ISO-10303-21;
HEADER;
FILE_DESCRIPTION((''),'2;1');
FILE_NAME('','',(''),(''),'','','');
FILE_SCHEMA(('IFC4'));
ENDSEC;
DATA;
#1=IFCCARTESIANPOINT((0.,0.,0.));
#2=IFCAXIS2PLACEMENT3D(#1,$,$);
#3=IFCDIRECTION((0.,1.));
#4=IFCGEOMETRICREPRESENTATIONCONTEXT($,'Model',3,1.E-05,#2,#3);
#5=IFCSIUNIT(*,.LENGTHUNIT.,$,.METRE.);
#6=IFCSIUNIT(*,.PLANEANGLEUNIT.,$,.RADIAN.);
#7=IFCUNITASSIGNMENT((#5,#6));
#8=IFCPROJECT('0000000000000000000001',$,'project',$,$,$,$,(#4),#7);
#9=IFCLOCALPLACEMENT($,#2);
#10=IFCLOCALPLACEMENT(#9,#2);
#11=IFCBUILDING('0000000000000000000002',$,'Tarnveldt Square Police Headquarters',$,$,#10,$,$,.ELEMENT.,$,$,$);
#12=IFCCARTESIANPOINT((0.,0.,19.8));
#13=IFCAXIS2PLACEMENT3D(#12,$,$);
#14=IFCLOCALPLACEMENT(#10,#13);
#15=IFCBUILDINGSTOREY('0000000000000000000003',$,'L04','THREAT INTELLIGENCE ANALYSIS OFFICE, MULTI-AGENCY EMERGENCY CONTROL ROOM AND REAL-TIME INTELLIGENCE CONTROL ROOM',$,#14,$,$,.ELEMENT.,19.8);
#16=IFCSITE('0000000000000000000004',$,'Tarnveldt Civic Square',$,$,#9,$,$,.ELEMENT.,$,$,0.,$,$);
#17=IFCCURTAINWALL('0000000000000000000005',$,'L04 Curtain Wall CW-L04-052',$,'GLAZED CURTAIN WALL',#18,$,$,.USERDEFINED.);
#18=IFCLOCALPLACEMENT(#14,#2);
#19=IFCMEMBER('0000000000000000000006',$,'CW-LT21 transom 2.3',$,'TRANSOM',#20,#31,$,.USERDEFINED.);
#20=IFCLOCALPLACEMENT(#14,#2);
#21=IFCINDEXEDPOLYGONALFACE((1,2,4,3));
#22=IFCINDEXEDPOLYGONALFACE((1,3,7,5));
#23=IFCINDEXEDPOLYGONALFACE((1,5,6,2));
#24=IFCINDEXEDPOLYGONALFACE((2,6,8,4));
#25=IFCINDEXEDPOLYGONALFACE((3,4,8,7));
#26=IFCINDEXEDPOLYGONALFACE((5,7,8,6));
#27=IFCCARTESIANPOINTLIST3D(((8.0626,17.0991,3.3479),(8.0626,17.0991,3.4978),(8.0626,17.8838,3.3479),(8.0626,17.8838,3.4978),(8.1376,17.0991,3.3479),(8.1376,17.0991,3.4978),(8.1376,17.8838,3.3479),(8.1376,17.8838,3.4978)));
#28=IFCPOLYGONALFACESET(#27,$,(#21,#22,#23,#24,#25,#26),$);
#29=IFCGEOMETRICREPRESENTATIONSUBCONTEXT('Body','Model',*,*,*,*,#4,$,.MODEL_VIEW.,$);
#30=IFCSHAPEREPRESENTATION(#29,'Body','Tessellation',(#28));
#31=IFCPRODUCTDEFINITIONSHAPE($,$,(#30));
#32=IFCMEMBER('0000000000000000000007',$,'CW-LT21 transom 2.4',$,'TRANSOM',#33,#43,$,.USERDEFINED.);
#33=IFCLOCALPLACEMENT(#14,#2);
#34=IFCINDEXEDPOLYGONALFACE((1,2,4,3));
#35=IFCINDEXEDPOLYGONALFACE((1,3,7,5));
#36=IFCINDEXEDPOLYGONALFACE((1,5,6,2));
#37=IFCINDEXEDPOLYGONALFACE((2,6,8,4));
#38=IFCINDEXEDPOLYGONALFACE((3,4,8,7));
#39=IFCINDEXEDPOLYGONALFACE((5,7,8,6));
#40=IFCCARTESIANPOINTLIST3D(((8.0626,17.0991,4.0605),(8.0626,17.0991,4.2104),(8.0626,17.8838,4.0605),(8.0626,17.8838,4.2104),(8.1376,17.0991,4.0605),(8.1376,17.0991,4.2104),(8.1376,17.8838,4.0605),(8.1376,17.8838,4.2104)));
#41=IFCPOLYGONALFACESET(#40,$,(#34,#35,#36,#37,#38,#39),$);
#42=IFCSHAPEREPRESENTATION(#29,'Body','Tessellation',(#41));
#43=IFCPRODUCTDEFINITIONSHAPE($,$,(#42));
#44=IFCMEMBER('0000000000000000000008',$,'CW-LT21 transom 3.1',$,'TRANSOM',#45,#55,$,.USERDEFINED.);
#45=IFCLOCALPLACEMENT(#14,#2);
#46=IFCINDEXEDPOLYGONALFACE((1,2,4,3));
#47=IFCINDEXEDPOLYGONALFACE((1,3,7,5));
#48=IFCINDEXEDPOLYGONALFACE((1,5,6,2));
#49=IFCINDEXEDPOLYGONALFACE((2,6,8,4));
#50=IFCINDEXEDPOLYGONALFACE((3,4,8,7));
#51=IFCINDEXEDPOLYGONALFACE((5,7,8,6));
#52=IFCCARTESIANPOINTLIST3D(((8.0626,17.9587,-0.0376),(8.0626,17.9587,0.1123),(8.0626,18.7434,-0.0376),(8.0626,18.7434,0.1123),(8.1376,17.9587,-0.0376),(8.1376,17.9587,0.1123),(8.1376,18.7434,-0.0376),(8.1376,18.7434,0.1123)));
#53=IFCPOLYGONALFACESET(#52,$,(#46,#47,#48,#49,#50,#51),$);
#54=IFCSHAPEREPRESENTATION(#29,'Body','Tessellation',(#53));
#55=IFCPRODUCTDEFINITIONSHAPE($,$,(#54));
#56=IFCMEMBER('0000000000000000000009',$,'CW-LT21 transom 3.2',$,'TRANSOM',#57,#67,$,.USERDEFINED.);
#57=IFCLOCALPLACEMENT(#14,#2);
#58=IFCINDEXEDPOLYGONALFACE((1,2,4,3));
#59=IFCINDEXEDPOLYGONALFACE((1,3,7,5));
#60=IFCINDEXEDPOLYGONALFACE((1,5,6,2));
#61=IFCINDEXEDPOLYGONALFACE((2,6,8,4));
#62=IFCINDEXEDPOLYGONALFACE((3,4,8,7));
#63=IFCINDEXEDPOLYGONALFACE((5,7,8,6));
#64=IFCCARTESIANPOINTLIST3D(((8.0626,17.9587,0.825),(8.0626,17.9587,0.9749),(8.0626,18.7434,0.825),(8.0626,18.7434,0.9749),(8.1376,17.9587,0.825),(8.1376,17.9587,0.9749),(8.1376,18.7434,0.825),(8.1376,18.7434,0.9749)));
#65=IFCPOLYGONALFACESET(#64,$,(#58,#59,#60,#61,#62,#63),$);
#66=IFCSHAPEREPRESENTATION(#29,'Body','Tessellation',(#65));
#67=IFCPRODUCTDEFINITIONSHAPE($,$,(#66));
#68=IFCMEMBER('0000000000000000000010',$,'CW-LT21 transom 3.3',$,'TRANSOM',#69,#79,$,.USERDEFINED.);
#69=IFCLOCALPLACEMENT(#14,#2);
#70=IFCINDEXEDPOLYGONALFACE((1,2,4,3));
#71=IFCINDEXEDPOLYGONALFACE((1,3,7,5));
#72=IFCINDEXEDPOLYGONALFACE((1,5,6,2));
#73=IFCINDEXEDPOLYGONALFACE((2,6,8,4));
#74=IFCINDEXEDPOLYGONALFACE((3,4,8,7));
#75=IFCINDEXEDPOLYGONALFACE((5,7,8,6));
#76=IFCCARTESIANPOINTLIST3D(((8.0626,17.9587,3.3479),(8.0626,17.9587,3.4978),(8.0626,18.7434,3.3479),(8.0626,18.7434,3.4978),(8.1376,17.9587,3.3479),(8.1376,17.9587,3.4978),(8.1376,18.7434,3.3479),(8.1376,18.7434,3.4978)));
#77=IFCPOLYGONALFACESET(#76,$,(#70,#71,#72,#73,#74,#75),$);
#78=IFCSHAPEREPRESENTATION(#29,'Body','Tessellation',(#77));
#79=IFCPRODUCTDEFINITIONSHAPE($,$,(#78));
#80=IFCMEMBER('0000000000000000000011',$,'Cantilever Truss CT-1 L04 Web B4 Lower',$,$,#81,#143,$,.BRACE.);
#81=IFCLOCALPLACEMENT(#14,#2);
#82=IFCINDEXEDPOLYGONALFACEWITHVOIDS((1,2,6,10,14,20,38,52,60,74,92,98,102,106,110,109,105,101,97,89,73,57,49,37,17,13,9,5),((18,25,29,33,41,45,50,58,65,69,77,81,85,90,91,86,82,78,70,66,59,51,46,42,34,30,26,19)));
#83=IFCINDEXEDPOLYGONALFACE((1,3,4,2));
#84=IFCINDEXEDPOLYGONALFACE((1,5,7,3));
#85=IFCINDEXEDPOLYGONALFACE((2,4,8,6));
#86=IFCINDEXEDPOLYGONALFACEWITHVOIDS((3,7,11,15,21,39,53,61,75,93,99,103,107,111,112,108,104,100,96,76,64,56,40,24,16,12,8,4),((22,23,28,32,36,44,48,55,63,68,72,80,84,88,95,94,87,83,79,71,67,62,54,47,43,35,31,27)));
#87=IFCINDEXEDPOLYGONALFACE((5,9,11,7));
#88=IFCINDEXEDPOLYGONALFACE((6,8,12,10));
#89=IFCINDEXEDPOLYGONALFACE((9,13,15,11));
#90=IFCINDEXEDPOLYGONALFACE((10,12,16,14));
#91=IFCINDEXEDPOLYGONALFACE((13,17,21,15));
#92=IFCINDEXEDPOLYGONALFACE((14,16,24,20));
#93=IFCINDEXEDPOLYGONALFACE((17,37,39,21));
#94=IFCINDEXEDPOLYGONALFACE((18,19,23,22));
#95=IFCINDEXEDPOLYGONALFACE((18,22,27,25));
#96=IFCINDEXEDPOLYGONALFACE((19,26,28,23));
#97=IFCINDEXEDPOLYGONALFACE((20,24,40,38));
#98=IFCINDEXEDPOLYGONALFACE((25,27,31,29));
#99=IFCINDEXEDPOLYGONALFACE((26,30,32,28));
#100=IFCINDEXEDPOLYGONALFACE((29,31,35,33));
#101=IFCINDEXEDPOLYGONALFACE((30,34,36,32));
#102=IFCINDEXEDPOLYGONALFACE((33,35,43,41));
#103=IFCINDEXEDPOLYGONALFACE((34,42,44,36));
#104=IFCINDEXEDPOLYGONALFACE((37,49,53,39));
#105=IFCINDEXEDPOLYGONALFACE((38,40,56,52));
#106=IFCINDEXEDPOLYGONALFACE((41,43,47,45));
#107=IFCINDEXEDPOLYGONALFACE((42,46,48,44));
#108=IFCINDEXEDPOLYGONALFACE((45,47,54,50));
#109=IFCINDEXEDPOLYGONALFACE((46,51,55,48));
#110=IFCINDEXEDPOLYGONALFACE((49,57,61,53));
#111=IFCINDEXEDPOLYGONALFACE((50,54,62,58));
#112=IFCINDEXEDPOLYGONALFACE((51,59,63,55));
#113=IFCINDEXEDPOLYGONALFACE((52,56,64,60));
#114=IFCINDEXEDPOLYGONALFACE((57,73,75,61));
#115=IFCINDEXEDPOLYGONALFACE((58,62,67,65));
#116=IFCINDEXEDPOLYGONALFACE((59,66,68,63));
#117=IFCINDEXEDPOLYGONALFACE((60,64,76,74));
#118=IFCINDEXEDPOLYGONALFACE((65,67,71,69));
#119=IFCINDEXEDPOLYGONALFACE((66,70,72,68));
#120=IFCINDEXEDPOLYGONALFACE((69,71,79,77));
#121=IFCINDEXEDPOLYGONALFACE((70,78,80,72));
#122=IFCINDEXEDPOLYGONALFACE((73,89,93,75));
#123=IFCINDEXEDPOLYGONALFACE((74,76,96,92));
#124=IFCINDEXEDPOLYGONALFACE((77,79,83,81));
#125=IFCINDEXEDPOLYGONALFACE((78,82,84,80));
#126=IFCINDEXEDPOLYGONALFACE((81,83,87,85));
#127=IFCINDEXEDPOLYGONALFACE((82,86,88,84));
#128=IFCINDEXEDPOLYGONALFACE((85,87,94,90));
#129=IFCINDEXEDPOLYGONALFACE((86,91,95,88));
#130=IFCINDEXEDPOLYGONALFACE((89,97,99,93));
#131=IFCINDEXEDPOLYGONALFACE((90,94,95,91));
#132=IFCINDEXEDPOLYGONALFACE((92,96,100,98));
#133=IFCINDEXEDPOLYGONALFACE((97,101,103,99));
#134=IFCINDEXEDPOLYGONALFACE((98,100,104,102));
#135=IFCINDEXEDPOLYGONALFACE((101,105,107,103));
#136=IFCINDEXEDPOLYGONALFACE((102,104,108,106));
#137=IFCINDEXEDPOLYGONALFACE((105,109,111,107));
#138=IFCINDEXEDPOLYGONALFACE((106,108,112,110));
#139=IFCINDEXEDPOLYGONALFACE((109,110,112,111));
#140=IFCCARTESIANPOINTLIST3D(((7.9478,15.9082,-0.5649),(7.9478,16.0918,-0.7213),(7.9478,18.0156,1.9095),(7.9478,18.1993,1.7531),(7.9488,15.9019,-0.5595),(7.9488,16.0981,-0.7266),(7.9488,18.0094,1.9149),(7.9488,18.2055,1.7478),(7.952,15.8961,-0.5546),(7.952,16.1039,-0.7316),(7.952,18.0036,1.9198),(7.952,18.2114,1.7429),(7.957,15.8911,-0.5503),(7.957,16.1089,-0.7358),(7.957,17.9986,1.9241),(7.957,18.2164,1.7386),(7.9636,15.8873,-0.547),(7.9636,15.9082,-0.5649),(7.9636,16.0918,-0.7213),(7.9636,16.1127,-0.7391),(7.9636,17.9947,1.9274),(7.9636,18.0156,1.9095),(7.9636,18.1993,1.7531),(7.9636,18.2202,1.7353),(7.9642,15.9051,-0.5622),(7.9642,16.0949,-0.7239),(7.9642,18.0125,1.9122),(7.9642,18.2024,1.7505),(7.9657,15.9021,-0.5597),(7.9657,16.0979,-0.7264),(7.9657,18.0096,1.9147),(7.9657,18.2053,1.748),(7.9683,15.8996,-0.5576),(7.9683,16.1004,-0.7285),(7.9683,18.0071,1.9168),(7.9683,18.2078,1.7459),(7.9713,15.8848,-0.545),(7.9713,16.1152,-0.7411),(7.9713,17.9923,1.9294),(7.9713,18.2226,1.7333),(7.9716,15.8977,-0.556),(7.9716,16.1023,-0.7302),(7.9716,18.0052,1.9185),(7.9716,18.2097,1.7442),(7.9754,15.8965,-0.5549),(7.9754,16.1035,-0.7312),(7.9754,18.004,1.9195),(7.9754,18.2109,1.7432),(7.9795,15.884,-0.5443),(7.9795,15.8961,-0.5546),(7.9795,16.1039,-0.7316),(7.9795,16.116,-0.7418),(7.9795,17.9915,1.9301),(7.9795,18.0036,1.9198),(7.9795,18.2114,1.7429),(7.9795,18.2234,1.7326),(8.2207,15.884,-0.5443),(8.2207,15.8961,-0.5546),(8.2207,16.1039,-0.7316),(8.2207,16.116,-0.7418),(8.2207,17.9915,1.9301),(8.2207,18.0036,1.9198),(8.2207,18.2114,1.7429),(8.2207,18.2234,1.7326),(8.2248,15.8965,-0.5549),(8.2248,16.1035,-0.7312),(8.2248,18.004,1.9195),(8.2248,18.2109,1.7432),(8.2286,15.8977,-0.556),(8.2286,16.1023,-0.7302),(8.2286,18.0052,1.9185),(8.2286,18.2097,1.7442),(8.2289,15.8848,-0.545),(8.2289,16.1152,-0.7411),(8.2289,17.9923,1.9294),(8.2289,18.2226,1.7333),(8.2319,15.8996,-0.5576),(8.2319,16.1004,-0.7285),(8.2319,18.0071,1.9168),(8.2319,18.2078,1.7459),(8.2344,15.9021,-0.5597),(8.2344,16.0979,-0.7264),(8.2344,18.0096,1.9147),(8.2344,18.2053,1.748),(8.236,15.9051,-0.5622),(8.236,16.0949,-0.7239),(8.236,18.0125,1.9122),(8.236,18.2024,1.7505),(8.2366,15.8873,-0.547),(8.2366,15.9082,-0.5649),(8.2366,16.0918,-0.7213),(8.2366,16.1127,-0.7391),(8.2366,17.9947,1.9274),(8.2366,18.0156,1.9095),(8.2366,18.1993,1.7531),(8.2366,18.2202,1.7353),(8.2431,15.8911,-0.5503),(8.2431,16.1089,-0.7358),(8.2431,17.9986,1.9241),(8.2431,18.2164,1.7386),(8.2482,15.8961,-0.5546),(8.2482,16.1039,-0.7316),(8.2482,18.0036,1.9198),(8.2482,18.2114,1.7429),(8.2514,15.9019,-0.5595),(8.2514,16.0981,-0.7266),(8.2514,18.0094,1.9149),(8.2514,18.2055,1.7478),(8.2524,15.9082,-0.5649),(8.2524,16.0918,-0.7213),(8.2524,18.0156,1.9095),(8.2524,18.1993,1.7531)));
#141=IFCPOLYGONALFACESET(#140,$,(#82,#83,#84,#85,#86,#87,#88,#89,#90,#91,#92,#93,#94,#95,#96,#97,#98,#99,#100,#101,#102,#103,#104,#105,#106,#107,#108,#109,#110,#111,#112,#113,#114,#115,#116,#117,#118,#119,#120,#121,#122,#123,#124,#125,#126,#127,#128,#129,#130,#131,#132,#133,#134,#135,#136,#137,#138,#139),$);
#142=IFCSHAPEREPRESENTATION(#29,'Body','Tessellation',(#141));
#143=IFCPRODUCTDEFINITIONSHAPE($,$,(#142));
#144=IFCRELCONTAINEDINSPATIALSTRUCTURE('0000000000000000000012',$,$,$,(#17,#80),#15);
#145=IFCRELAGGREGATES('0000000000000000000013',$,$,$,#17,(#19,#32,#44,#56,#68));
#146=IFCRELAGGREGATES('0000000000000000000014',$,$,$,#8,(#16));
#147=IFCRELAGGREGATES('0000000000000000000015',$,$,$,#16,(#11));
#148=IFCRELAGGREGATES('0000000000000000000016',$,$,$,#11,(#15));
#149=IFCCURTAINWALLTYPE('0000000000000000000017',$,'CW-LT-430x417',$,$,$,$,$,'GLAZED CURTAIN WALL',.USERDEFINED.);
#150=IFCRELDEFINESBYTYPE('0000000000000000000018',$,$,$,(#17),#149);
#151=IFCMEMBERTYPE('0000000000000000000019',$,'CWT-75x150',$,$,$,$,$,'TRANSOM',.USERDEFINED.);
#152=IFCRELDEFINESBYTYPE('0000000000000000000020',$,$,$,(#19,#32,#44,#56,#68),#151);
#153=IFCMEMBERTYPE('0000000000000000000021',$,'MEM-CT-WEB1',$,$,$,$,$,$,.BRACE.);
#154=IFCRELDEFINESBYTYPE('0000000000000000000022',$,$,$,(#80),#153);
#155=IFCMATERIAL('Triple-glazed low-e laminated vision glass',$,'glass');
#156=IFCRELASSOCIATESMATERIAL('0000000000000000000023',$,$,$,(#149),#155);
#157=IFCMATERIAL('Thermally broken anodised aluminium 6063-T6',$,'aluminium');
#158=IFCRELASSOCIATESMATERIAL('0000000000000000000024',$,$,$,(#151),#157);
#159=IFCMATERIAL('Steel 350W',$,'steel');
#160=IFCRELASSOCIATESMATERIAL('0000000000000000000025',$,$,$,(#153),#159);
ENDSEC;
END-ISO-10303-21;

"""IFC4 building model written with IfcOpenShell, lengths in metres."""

from ifc_helpers import new_model, si_unit, direction, frame, origin, origin_2d, place, context, subcontext, project, spatial, rectangle, hollow_rectangle, extrude, material, material_profile, profile_set, type_object, element, aggregate, save


model = new_model("IFC4")

# Units and contexts
model_context = context("Model", 3, precision=1e-05, world=origin(), true_north=direction((0.0, 1.0)))
body_context = subcontext(model_context, "Body", "Model", "MODEL_VIEW")
ifc_project = project(units=[si_unit("LENGTHUNIT", "METRE"), si_unit("PLANEANGLEUNIT", "RADIAN")], contexts=[model_context])

# Site, building, storey
site_placement = place(None, origin())
site = spatial("IfcSite", under=ifc_project, at=site_placement, Name="Tarnveldt Civic Square", CompositionType="ELEMENT", RefElevation=0.0)
building_placement = place(site_placement, origin())
building = spatial("IfcBuilding", under=site, at=building_placement, Name="Tarnveldt Square Police Headquarters", CompositionType="ELEMENT")
storey_placement = place(building_placement, frame((0.0, 0.0, 19.8)))
storey = spatial("IfcBuildingStorey", under=building, at=storey_placement, Name="L04", Description="THREAT INTELLIGENCE ANALYSIS OFFICE, MULTI-AGENCY EMERGENCY CONTROL ROOM AND REAL-TIME INTELLIGENCE CONTROL ROOM", CompositionType="ELEMENT", Elevation=19.8)

# Shared definitions
ifc_material_1 = material(Name="Steel 350W", Category="steel")

# Curtain wall
ifc_material_2 = material(Name="Triple-glazed low-e laminated vision glass", Category="glass")
curtain_wall_type = type_object("IfcCurtainWallType", Name="CW-LT-430x417", ElementType="GLAZED CURTAIN WALL", PredefinedType="USERDEFINED", material=ifc_material_2)
ifc_material_3 = material(Name="Thermally broken anodised aluminium 6063-T6", Category="aluminium")
curtain_wall_1_placement = place(storey_placement, origin())
curtain_wall_1 = element("IfcCurtainWall", 1, at=curtain_wall_1_placement, inside=storey, type_object=curtain_wall_type, Name="L04 Curtain Wall CW-L04-052", ObjectType="GLAZED CURTAIN WALL", PredefinedType="USERDEFINED")

# Members
ifc_material_profile_1 = material_profile(ifc_material_3, rectangle(XDim=0.075, YDim=0.1499, at=origin_2d()), Name="CW-T75x150")
ifc_profile_set_1 = profile_set([ifc_material_profile_1], Name="Thermally broken anodised aluminium 6063-T6")
member_type_1 = type_object("IfcMemberType", Name="CWT-75x150", ElementType="TRANSOM", PredefinedType="USERDEFINED", material=ifc_profile_set_1)
member_1_placement = place(storey_placement, frame((8.1001, 17.0991, 3.4229), z_axis=(0.0, 1.0, 0.0), x_axis=(-1.0, 0.0, 0.0)))
member_1 = element("IfcMember", 2, at=member_1_placement, type_object=member_type_1, Name="CW-LT21 transom 2.3", ObjectType="TRANSOM", PredefinedType="USERDEFINED", context=body_context, shape_type="SweptSolid", body=[
    extrude(rectangle(XDim=0.075, YDim=0.1499, at=origin_2d()), origin(), (0.0, 0.0, 1.0), 0.7847),
])
member_2_placement = place(storey_placement, frame((8.1001, 17.0991, 4.1355), z_axis=(0.0, 1.0, 0.0), x_axis=(-1.0, 0.0, 0.0)))
member_2 = element("IfcMember", 3, at=member_2_placement, type_object=member_type_1, Name="CW-LT21 transom 2.4", ObjectType="TRANSOM", PredefinedType="USERDEFINED", context=body_context, shape_type="SweptSolid", body=[
    extrude(rectangle(XDim=0.075, YDim=0.1499, at=origin_2d()), origin(), (0.0, 0.0, 1.0), 0.7847),
])
member_3_placement = place(storey_placement, frame((8.1001, 17.9587, 0.0374), z_axis=(0.0, 1.0, 0.0), x_axis=(-1.0, 0.0, 0.0)))
member_3 = element("IfcMember", 4, at=member_3_placement, type_object=member_type_1, Name="CW-LT21 transom 3.1", ObjectType="TRANSOM", PredefinedType="USERDEFINED", context=body_context, shape_type="SweptSolid", body=[
    extrude(rectangle(XDim=0.075, YDim=0.1499, at=origin_2d()), origin(), (0.0, 0.0, 1.0), 0.7847),
])
member_4_placement = place(storey_placement, frame((8.1001, 17.9587, 0.8999), z_axis=(0.0, 1.0, 0.0), x_axis=(-1.0, 0.0, 0.0)))
member_4 = element("IfcMember", 5, at=member_4_placement, type_object=member_type_1, Name="CW-LT21 transom 3.2", ObjectType="TRANSOM", PredefinedType="USERDEFINED", context=body_context, shape_type="SweptSolid", body=[
    extrude(rectangle(XDim=0.075, YDim=0.1499, at=origin_2d()), origin(), (0.0, 0.0, 1.0), 0.7847),
])
member_5_placement = place(storey_placement, frame((8.1001, 17.9587, 3.4229), z_axis=(0.0, 1.0, 0.0), x_axis=(-1.0, 0.0, 0.0)))
member_5 = element("IfcMember", 6, at=member_5_placement, type_object=member_type_1, Name="CW-LT21 transom 3.3", ObjectType="TRANSOM", PredefinedType="USERDEFINED", context=body_context, shape_type="SweptSolid", body=[
    extrude(rectangle(XDim=0.075, YDim=0.1499, at=origin_2d()), origin(), (0.0, 0.0, 1.0), 0.7847),
])

# Member
ifc_material_profile_2 = material_profile(ifc_material_1, hollow_rectangle(XDim=0.3047, YDim=0.3047, WallThickness=0.0159, InnerFilletRadius=0.0159, OuterFilletRadius=0.0317, at=origin_2d()), Name="HSS305x305x16")
ifc_profile_set_2 = profile_set([ifc_material_profile_2], Name="Steel 350W")
member_type_2 = type_object("IfcMemberType", Name="MEM-CT-WEB1", PredefinedType="BRACE", material=ifc_profile_set_2)
member_6_placement = place(storey_placement, frame((8.1001, 16.0, -0.6431), z_axis=(0.0, 0.6484, 0.7613), x_axis=(-1.0, 0.0, 0.0)))
element("IfcMember", 7, at=member_6_placement, inside=storey, type_object=member_type_2, Name="Cantilever Truss CT-1 L04 Web B4 Lower", PredefinedType="BRACE", context=body_context, shape_type="SweptSolid", body=[
    extrude(hollow_rectangle(XDim=0.3047, YDim=0.3047, WallThickness=0.0159, InnerFilletRadius=0.0159, OuterFilletRadius=0.0317, at=origin_2d()), origin(), (0.0, 0.0, 1.0), 3.2502),
])

aggregate(curtain_wall_1, [member_1, member_2, member_3, member_4, member_5])

save(model, "model.ifc")
